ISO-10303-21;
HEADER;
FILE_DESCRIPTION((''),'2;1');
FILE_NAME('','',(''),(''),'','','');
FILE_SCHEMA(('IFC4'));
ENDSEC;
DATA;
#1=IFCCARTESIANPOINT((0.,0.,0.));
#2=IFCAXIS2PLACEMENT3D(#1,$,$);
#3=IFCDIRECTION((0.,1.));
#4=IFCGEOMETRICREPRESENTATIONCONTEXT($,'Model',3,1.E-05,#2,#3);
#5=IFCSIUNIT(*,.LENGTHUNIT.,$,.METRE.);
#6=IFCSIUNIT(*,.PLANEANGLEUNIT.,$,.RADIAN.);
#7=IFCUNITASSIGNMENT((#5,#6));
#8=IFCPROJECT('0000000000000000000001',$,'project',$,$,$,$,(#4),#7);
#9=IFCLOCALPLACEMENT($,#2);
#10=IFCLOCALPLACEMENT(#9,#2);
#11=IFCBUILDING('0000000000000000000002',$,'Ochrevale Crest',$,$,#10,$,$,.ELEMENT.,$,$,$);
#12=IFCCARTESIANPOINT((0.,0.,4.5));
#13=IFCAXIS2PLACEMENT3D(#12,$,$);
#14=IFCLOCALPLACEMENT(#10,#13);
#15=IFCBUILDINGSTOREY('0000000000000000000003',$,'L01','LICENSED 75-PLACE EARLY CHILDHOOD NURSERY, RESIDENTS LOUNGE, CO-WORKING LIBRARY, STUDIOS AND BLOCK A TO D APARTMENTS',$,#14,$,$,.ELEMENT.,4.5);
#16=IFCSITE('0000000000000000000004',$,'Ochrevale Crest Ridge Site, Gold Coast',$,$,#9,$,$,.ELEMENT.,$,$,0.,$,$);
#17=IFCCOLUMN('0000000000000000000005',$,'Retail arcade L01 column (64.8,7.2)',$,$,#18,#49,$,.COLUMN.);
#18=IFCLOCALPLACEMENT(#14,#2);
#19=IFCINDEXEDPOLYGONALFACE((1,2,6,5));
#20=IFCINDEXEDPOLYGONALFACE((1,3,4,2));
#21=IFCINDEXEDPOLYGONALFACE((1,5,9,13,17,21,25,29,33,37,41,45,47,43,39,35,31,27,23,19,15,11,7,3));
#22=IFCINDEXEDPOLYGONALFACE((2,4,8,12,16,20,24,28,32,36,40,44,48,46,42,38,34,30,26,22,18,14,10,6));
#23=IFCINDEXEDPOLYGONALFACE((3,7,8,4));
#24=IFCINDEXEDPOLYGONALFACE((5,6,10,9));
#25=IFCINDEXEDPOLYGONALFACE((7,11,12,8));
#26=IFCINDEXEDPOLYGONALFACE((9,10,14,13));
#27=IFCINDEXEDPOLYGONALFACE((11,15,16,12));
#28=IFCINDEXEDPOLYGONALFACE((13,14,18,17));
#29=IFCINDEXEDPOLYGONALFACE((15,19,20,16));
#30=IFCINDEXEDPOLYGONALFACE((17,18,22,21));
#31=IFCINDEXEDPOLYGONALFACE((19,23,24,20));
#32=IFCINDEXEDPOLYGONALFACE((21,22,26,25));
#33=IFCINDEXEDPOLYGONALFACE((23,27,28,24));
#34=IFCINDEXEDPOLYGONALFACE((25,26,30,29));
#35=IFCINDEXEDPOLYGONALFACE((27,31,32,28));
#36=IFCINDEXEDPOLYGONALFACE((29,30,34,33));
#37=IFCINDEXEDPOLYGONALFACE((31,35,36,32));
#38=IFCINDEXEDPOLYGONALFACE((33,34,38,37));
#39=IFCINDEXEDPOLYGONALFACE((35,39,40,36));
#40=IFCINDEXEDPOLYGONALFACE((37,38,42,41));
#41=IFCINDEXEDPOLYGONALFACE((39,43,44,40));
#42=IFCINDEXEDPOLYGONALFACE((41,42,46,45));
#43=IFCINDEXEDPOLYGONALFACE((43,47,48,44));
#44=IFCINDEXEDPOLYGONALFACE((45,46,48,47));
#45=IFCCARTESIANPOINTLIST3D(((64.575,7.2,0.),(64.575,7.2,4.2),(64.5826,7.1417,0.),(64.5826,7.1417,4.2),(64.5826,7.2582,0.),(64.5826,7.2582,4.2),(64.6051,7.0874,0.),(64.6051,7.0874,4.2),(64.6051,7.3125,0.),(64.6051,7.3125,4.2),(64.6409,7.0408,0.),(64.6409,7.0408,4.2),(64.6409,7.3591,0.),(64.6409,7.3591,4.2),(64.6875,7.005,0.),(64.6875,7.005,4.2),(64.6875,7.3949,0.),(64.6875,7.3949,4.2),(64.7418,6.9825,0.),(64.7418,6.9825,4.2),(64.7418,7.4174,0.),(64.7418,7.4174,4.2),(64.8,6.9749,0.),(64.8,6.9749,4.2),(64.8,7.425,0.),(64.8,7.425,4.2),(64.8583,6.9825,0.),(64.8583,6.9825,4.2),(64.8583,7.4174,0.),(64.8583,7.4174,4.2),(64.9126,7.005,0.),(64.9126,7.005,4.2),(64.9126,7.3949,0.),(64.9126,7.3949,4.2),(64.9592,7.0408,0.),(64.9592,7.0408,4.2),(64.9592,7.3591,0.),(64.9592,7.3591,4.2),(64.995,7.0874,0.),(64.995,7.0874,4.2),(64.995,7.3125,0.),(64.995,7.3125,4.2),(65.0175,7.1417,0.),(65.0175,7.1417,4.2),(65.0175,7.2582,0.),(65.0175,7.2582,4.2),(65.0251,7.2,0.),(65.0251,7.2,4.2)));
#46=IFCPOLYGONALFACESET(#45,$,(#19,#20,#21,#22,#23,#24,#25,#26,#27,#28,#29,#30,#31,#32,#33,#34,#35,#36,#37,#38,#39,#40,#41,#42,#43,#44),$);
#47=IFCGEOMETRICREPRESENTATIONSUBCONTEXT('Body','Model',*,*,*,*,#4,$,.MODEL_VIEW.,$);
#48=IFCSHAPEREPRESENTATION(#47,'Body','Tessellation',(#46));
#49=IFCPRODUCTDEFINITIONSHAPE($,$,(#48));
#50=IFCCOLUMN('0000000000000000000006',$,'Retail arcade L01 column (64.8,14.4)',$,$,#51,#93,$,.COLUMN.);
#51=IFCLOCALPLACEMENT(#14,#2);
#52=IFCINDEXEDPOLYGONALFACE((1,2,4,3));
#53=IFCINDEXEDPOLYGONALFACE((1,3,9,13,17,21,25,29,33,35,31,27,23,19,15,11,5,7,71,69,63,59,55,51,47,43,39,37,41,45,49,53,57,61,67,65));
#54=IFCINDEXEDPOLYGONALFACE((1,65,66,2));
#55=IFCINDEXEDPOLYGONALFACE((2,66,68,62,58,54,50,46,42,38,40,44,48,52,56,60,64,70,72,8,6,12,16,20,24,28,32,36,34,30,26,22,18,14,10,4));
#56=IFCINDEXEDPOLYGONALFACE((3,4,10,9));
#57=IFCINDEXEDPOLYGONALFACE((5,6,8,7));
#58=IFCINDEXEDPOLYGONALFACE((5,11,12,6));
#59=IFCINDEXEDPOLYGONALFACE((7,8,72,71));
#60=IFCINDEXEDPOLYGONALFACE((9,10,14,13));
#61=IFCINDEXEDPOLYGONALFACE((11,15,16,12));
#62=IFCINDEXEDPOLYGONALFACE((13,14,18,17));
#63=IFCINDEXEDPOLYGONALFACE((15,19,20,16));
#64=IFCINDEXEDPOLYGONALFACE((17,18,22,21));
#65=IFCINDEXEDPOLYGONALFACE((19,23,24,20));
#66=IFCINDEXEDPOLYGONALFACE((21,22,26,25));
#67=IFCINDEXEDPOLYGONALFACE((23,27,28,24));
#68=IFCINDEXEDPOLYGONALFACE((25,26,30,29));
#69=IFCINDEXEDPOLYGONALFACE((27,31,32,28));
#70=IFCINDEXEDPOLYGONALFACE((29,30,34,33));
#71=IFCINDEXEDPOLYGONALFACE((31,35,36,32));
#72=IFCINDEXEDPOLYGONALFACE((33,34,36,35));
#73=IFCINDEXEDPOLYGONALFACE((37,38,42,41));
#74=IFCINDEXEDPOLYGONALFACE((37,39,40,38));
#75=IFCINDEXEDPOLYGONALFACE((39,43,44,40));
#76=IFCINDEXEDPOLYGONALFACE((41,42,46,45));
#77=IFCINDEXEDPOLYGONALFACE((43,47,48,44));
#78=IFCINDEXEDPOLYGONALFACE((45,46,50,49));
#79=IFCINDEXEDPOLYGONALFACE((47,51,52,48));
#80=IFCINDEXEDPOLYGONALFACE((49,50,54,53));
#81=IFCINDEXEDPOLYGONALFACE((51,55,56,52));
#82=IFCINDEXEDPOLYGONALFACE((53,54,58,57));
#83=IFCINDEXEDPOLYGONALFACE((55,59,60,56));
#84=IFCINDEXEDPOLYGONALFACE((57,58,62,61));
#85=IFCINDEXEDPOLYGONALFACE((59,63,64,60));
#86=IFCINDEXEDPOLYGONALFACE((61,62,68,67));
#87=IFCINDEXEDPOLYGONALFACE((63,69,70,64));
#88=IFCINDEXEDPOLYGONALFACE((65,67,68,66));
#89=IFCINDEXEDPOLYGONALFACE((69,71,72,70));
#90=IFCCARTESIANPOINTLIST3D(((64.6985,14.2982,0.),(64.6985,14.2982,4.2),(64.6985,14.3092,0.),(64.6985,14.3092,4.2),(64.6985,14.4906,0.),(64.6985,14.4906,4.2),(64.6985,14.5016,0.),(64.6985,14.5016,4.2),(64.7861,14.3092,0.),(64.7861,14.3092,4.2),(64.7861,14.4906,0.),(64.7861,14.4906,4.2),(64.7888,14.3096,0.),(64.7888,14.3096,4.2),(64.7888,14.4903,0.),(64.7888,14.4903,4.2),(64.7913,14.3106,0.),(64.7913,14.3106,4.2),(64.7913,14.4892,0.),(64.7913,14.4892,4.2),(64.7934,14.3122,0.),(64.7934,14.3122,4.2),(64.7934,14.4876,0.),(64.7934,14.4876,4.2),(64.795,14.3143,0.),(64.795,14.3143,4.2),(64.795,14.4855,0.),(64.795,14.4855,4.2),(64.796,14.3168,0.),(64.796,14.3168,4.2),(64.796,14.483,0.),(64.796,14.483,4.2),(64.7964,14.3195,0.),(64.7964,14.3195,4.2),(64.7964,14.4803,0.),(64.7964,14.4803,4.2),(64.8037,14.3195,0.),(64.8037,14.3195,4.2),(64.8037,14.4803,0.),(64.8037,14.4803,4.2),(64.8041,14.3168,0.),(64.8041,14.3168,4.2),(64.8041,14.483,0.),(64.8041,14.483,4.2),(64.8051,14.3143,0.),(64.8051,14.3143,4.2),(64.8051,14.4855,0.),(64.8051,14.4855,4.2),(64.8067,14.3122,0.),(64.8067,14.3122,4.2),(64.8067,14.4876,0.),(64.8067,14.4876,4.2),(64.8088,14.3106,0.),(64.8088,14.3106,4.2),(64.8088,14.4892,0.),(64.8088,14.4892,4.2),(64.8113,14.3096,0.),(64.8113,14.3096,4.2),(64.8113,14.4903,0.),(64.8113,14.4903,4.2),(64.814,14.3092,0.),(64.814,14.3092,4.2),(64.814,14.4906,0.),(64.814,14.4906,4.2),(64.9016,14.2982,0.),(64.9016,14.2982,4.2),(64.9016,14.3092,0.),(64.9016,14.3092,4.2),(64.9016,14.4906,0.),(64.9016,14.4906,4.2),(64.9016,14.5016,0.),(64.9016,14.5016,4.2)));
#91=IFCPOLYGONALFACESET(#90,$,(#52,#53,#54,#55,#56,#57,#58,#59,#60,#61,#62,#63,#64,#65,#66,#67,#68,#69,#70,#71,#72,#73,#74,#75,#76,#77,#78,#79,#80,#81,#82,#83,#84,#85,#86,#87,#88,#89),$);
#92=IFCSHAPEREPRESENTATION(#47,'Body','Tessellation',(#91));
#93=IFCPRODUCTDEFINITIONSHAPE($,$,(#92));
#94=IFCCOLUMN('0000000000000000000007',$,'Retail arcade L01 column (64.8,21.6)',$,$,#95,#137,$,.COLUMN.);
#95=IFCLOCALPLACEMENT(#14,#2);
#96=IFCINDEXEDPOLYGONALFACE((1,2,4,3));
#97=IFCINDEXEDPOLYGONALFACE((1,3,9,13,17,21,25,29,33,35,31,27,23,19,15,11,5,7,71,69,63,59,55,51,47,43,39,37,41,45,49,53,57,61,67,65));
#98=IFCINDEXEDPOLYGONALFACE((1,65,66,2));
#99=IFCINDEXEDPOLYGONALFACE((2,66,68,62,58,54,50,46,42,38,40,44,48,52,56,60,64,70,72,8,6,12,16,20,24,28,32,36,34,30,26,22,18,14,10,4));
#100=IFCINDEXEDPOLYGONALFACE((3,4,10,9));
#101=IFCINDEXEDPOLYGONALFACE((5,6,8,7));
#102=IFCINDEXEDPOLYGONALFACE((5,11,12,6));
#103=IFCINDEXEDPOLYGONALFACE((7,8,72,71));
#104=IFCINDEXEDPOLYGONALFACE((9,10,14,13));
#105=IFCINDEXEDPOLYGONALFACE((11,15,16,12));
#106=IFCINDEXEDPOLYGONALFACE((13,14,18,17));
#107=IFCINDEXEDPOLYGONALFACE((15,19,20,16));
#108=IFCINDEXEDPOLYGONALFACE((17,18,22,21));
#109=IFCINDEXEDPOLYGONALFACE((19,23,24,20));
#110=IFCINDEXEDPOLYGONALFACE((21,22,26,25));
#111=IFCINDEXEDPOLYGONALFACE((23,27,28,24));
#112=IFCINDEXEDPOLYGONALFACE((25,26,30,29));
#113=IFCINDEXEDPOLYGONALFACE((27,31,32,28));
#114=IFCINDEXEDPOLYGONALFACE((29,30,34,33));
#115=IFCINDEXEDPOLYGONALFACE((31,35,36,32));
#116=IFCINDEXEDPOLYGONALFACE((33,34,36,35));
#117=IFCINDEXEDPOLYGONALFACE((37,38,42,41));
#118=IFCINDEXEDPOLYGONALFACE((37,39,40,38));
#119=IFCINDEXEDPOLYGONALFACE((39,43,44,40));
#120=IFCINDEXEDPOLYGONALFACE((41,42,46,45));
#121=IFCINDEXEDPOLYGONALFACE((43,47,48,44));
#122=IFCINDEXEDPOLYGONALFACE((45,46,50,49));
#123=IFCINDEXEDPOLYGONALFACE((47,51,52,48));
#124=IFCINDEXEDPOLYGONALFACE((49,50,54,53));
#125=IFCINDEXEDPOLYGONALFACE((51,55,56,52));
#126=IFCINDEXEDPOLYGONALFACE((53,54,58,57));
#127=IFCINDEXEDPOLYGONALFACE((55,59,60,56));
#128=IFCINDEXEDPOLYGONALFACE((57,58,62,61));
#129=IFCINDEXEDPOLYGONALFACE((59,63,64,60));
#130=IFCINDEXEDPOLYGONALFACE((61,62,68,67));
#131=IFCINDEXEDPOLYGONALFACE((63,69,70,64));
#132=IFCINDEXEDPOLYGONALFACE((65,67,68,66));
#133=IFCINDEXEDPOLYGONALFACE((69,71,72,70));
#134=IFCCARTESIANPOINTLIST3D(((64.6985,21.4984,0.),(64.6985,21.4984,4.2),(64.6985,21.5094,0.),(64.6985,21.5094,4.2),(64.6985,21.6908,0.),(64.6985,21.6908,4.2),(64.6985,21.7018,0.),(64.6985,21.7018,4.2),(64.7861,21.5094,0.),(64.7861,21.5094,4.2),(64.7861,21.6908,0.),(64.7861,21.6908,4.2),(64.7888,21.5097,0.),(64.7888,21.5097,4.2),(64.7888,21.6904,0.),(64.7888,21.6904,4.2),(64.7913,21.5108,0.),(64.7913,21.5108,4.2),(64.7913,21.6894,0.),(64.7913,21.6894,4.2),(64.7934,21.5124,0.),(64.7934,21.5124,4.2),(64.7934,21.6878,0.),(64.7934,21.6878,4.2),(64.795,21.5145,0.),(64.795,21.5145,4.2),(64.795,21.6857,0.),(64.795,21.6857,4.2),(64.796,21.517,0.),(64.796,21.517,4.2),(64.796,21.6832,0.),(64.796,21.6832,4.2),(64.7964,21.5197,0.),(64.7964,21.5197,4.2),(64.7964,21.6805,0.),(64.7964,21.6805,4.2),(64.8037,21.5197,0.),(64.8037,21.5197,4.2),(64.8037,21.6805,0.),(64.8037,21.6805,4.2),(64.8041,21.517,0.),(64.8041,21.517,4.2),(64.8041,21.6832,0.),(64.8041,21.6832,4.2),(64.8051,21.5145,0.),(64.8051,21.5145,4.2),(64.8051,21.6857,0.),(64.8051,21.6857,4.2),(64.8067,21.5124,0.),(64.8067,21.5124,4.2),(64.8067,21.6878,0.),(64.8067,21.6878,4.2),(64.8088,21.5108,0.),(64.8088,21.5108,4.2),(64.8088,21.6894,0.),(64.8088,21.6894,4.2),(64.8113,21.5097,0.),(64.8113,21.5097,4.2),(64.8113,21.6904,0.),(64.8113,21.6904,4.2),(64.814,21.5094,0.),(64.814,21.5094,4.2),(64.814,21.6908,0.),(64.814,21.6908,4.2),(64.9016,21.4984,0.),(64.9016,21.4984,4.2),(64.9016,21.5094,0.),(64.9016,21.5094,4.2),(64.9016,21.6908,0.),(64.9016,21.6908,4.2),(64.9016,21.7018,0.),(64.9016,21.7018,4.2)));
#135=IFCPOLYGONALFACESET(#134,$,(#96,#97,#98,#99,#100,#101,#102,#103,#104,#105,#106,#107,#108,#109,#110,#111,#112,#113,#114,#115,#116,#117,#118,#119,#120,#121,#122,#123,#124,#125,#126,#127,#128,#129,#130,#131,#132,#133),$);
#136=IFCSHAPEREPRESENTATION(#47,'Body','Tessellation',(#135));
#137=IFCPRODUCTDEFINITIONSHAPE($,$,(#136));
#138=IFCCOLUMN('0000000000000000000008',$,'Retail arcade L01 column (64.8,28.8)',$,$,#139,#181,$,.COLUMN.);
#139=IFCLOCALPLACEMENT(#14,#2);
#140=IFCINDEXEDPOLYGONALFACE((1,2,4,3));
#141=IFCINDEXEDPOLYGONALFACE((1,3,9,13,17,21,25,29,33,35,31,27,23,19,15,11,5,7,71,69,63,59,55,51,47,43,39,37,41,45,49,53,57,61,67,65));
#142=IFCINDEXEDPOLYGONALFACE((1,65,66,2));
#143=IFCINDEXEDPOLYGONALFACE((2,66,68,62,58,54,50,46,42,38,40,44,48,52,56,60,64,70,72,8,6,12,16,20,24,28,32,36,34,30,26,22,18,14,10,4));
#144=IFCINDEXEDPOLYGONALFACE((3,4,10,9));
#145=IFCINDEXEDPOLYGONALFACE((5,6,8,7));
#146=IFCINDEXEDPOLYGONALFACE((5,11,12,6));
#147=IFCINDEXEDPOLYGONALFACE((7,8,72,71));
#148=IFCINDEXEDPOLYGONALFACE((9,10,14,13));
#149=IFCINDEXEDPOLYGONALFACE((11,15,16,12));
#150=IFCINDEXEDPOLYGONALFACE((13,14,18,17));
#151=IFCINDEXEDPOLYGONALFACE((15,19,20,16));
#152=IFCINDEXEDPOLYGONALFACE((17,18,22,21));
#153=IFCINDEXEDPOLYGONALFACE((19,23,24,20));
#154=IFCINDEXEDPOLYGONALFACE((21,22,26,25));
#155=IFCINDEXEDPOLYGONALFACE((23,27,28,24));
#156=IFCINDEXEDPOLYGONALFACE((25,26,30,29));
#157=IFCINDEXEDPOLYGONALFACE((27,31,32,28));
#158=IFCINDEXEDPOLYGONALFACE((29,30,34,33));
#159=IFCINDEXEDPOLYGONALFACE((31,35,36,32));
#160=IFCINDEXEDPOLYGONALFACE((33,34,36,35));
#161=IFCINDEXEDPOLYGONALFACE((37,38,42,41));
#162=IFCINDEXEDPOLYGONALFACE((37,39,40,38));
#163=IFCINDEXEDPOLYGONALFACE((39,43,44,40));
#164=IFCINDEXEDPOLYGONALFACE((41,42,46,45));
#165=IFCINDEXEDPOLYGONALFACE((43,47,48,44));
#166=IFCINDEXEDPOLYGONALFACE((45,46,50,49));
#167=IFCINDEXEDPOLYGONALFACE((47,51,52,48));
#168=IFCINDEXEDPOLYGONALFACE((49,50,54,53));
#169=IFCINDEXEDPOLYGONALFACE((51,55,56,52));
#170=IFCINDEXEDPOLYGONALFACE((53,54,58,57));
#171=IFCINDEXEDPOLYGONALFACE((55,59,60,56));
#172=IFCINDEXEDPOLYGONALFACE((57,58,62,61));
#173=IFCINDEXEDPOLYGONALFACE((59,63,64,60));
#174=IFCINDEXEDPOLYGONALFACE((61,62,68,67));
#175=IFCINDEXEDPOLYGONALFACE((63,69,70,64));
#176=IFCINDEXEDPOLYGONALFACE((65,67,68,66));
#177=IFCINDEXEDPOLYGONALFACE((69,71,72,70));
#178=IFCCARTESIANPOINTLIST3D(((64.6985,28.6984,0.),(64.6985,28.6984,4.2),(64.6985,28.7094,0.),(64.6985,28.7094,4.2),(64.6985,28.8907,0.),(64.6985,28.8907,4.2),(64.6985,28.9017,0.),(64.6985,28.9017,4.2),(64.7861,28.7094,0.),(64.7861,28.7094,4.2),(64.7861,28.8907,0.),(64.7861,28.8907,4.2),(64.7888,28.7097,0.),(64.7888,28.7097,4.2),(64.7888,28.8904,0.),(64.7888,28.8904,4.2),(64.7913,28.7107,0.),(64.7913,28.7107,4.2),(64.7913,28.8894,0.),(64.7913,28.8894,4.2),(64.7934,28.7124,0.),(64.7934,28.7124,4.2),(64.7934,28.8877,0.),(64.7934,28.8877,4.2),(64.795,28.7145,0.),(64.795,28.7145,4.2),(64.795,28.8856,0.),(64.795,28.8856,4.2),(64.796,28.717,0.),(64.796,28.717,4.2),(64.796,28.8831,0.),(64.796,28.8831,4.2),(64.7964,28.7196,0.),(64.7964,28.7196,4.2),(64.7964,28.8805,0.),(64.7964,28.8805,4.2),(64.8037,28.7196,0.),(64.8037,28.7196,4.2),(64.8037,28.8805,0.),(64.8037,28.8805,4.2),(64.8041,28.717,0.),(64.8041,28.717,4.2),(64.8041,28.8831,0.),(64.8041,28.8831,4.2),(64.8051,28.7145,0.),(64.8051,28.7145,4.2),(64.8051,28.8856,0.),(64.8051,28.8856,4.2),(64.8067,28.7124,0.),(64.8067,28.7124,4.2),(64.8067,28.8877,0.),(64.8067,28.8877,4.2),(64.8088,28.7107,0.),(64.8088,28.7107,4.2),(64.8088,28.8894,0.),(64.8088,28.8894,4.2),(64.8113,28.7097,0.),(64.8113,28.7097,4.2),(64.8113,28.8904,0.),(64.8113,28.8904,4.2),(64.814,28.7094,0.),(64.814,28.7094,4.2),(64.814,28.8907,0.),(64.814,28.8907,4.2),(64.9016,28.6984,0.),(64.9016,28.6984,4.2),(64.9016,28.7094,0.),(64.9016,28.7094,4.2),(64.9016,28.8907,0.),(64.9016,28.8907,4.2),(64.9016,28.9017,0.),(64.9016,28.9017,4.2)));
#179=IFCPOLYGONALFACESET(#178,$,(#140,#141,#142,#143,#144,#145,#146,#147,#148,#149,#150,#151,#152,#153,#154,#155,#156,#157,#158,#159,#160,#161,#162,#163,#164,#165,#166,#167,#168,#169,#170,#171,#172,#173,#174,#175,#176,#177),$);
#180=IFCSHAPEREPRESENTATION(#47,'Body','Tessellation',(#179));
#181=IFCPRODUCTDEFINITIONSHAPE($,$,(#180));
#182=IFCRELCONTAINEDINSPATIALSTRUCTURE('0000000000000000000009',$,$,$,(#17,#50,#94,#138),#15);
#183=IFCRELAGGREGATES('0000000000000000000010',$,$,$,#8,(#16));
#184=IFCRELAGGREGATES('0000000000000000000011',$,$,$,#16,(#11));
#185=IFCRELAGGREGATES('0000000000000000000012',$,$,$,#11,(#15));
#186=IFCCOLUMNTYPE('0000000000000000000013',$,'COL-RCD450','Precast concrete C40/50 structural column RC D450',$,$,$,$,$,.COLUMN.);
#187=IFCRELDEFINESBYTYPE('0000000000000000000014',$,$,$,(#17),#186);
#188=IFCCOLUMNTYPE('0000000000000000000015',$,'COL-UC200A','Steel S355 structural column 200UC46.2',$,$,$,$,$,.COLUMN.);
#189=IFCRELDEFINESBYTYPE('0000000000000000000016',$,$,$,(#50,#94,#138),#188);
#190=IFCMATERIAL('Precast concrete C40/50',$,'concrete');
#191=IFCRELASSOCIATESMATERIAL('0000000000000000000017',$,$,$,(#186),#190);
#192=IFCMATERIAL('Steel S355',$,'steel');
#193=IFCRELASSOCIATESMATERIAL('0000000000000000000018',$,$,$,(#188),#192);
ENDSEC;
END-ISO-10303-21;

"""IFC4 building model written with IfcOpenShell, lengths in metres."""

from ifc_helpers import new_model, si_unit, direction, frame, origin, origin_2d, place, context, subcontext, project, spatial, circle, i_section, extrude, material, material_profile, profile_set, type_object, element, save


model = new_model("IFC4")

# Units and contexts
model_context = context("Model", 3, precision=1e-05, world=origin(), true_north=direction((0.0, 1.0)))
body_context = subcontext(model_context, "Body", "Model", "MODEL_VIEW")
ifc_project = project(units=[si_unit("LENGTHUNIT", "METRE"), si_unit("PLANEANGLEUNIT", "RADIAN")], contexts=[model_context])

# Site, building, storey
site_placement = place(None, origin())
site = spatial("IfcSite", under=ifc_project, at=site_placement, Name="Ochrevale Crest Ridge Site, Gold Coast", CompositionType="ELEMENT", RefElevation=0.0)
building_placement = place(site_placement, origin())
building = spatial("IfcBuilding", under=site, at=building_placement, Name="Ochrevale Crest", CompositionType="ELEMENT")
storey_placement = place(building_placement, frame((0.0, 0.0, 4.5)))
storey = spatial("IfcBuildingStorey", under=building, at=storey_placement, Name="L01", Description="LICENSED 75-PLACE EARLY CHILDHOOD NURSERY, RESIDENTS LOUNGE, CO-WORKING LIBRARY, STUDIOS AND BLOCK A TO D APARTMENTS", CompositionType="ELEMENT", Elevation=4.5)

# Columns
ifc_material_1 = material(Name="Precast concrete C40/50", Category="concrete")
ifc_material_profile_1 = material_profile(ifc_material_1, circle(Radius=0.2251, at=origin_2d()), Name="RC D450")
ifc_profile_set_1 = profile_set([ifc_material_profile_1], Name="Precast concrete C40/50")
column_type_1 = type_object("IfcColumnType", Name="COL-RCD450", Description="Precast concrete C40/50 structural column RC D450", PredefinedType="COLUMN", material=ifc_profile_set_1)
column_placement = place(storey_placement, frame((64.8, 7.2, 0.0), z_axis=(0.0, 0.0, 1.0), x_axis=(1.0, 0.0, 0.0)))
element("IfcColumn", 1, at=column_placement, inside=storey, type_object=column_type_1, Name="Retail arcade L01 column (64.8,7.2)", PredefinedType="COLUMN", context=body_context, shape_type="SweptSolid", body=[
    extrude(circle(Radius=0.2251, at=origin_2d()), origin(), (0.0, 0.0, 1.0), 4.2),
])
ifc_material_2 = material(Name="Steel S355", Category="steel")
ifc_material_profile_2 = material_profile(ifc_material_2, i_section(OverallWidth=0.2031, OverallDepth=0.2034, WebThickness=0.0073, FlangeThickness=0.011, FilletRadius=0.0103, at=origin_2d()), Name="200UC46.2")
ifc_profile_set_2 = profile_set([ifc_material_profile_2], Name="Steel S355")
column_type_2 = type_object("IfcColumnType", Name="COL-UC200A", Description="Steel S355 structural column 200UC46.2", PredefinedType="COLUMN", material=ifc_profile_set_2)
for number, where, z_axis, x_axis, name in (
    (2, (64.8, 14.3999, 0.0), (0.0, 0.0, 1.0), (1.0, 0.0, 0.0), "Retail arcade L01 column (64.8,14.4)"),
    (3, (64.8, 21.6001, 0.0), (0.0, 0.0, 1.0), (1.0, 0.0, 0.0), "Retail arcade L01 column (64.8,21.6)"),
    (4, (64.8, 28.8, 0.0), (0.0, 0.0, 1.0), (1.0, 0.0, 0.0), "Retail arcade L01 column (64.8,28.8)"),
):
    element("IfcColumn", number, at=place(storey_placement, frame(where, z_axis=z_axis, x_axis=x_axis)), inside=storey, type_object=column_type_2, Name=name, PredefinedType="COLUMN", context=body_context, shape_type="SweptSolid", body=[
        extrude(i_section(OverallWidth=0.2031, OverallDepth=0.2034, WebThickness=0.0073, FlangeThickness=0.011, FilletRadius=0.0103, at=origin_2d()), origin(), (0.0, 0.0, 1.0), 4.2),
    ])

save(model, "model.ifc")
